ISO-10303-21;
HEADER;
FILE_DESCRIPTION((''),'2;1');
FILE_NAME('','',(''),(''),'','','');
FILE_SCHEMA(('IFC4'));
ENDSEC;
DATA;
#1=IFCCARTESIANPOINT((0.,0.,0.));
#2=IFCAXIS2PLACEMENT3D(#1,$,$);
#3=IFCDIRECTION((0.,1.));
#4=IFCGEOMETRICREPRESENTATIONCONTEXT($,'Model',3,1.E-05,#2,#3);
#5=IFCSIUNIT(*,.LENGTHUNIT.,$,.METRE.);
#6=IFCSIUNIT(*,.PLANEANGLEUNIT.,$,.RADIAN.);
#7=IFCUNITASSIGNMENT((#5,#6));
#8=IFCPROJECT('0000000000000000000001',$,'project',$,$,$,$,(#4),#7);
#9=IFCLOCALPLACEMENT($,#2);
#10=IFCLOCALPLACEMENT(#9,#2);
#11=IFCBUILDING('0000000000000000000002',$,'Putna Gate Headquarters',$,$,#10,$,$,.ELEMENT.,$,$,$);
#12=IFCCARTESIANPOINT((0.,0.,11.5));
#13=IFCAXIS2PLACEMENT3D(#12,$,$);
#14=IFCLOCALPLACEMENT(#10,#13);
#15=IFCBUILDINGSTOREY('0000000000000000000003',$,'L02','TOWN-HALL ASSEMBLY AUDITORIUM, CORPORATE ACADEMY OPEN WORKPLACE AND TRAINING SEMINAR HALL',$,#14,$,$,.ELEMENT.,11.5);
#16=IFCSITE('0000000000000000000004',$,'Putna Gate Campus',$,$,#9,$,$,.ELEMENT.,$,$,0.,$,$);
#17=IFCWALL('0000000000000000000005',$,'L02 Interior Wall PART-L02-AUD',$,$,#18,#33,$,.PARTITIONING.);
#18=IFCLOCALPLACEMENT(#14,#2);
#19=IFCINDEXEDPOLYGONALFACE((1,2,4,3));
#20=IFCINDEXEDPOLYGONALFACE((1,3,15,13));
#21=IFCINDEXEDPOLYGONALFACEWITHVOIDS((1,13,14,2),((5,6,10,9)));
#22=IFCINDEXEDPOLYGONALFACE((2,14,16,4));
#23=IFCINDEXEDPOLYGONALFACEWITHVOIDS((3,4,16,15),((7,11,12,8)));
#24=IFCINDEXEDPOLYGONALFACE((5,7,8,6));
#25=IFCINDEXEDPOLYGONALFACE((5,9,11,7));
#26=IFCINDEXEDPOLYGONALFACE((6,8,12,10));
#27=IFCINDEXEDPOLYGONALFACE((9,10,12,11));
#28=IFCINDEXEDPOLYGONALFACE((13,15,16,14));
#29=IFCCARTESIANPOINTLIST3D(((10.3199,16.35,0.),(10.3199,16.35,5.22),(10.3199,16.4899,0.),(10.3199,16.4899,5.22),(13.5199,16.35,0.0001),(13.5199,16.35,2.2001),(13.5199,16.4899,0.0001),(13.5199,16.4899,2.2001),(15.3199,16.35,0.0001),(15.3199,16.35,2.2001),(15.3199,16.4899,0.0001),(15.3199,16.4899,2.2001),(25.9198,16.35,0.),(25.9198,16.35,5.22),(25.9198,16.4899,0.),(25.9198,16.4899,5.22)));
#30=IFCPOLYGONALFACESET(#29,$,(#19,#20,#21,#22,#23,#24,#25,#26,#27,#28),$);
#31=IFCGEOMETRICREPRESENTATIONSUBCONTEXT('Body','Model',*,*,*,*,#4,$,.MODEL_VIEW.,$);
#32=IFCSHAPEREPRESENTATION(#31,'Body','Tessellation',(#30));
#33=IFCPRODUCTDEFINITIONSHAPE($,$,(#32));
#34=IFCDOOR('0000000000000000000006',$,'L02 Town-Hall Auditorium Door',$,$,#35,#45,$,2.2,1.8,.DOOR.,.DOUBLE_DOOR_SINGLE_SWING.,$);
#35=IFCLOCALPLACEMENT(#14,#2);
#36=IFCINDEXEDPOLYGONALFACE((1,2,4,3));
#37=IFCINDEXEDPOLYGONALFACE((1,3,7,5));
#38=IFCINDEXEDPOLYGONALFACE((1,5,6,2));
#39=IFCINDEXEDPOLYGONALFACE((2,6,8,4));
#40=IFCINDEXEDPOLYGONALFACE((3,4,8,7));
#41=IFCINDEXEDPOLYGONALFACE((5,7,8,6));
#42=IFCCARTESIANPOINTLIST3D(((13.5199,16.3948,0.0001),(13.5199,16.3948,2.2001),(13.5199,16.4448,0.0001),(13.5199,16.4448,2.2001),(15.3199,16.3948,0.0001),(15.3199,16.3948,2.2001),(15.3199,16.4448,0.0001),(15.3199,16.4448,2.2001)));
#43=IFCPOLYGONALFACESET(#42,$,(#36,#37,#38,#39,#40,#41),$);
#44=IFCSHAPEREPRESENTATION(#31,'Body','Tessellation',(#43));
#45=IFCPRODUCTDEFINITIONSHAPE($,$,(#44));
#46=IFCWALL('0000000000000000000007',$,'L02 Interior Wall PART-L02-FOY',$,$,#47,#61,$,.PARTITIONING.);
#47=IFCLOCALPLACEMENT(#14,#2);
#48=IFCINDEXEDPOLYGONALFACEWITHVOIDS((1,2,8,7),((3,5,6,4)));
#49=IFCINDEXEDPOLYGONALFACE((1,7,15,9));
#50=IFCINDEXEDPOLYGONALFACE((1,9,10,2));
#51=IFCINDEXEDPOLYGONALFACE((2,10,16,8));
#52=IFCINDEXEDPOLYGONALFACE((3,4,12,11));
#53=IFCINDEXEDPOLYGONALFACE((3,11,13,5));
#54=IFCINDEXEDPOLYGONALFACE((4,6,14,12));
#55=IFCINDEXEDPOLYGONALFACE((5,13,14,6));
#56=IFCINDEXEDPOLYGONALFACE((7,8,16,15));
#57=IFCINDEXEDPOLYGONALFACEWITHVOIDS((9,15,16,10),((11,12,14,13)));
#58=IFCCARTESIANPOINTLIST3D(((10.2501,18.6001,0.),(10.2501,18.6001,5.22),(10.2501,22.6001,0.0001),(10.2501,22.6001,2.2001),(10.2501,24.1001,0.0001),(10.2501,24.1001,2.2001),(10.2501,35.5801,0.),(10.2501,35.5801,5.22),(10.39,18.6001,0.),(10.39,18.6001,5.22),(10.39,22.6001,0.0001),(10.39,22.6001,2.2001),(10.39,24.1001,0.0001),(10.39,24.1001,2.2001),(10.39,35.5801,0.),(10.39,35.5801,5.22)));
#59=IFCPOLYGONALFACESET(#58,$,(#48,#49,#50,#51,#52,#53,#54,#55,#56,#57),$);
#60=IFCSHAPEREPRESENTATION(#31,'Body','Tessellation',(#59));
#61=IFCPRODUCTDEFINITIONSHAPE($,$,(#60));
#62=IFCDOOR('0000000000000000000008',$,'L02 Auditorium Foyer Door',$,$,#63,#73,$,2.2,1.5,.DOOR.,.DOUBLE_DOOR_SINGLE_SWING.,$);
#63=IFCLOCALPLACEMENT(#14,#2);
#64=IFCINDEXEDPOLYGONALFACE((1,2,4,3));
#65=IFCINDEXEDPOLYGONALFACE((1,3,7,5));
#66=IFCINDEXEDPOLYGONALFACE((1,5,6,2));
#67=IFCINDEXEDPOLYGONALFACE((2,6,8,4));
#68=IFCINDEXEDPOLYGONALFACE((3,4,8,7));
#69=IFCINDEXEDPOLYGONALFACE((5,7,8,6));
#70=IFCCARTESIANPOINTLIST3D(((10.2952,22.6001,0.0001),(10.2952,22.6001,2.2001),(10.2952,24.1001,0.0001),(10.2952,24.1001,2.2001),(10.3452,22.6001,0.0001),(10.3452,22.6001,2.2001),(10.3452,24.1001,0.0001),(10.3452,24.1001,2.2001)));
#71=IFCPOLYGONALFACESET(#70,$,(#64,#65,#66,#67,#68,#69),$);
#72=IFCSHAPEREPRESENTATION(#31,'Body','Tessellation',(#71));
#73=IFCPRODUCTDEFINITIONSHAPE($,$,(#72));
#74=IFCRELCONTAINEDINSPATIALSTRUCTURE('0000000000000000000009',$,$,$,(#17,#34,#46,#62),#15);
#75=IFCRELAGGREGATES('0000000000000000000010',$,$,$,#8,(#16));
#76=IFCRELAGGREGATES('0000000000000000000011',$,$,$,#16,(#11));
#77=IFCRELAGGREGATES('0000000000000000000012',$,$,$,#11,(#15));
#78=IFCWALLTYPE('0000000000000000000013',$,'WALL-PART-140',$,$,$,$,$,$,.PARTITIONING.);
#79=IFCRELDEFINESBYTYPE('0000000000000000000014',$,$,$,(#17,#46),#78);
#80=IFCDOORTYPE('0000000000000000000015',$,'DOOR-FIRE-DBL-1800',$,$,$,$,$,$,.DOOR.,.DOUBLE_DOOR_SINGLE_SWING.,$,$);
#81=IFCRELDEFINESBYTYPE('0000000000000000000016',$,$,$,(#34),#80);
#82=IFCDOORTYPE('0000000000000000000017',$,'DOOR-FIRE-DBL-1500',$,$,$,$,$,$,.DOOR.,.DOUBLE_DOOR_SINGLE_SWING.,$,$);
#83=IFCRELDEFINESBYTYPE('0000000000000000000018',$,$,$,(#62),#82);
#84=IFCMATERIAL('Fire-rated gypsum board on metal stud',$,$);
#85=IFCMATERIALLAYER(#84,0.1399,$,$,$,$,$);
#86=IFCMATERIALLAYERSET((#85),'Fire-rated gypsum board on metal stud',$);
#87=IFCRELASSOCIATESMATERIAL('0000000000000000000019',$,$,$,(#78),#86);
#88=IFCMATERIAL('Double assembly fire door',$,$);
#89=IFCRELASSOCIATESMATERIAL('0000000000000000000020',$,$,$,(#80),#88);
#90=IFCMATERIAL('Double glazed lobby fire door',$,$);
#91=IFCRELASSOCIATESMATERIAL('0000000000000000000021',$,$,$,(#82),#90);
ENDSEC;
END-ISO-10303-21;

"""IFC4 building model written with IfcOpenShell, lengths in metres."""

from ifc_helpers import new_model, si_unit, direction, frame, frame_2d, origin, place, context, subcontext, project, spatial, rectangle, extrude, material, layer, layer_set, type_object, element, fill, save


model = new_model("IFC4")

# Units and contexts
model_context = context("Model", 3, precision=1e-05, world=origin(), true_north=direction((0.0, 1.0)))
body_context = subcontext(model_context, "Body", "Model", "MODEL_VIEW")
ifc_project = project(units=[si_unit("LENGTHUNIT", "METRE"), si_unit("PLANEANGLEUNIT", "RADIAN")], contexts=[model_context])

# Site, building, storey
site_placement = place(None, origin())
site = spatial("IfcSite", under=ifc_project, at=site_placement, Name="Putna Gate Campus", CompositionType="ELEMENT", RefElevation=0.0)
building_placement = place(site_placement, origin())
building = spatial("IfcBuilding", under=site, at=building_placement, Name="Putna Gate Headquarters", CompositionType="ELEMENT")
storey_placement = place(building_placement, frame((0.0, 0.0, 11.5)))
storey = spatial("IfcBuildingStorey", under=building, at=storey_placement, Name="L02", Description="TOWN-HALL ASSEMBLY AUDITORIUM, CORPORATE ACADEMY OPEN WORKPLACE AND TRAINING SEMINAR HALL", CompositionType="ELEMENT", Elevation=11.5)

# Shared definitions
ifc_material_1 = material(Name="Fire-rated gypsum board on metal stud")
ifc_layer_1 = layer(ifc_material_1, 0.1399)
ifc_layer_set_1 = layer_set([ifc_layer_1], Name="Fire-rated gypsum board on metal stud")
wall_type_1 = type_object("IfcWallType", Name="WALL-PART-140", PredefinedType="PARTITIONING", material=ifc_layer_set_1)

# Walls, openings, doors
wall_1_placement = place(storey_placement, frame((10.3201, 16.4199, 0.0), z_axis=(0.0, 0.0, 1.0), x_axis=(1.0, 0.0, 0.0)))
wall_1 = element("IfcWall", 1, at=wall_1_placement, inside=storey, type_object=wall_type_1, Name="L02 Interior Wall PART-L02-AUD", PredefinedType="PARTITIONING", context=body_context, shape_type="SweptSolid", body=[
    extrude(rectangle(XDim=15.5999, YDim=0.1399, at=frame_2d((7.7998, 0.0))), origin(), (0.0, 0.0, 1.0), 5.22),
])
opening_1_placement = place(wall_1_placement, frame((3.2, 0.0, 0.0)))
opening_1 = element("IfcOpeningElement", 2, at=opening_1_placement, cuts=wall_1, PredefinedType="OPENING", context=body_context, shape_type="SweptSolid", body=[
    extrude(rectangle(XDim=1.8, YDim=2.2, at=frame_2d((0.8999, 1.1001))), frame((0.0, 0.0798, 0.0), z_axis=(0.0, -1.0, 0.0), x_axis=(1.0, 0.0, 0.0)), (0.0, 0.0, 1.0), 0.1599),
])
ifc_material_2 = material(Name="Double assembly fire door")
door_type_1 = type_object("IfcDoorType", Name="DOOR-FIRE-DBL-1800", OperationType="DOUBLE_DOOR_SINGLE_SWING", PredefinedType="DOOR", material=ifc_material_2)
door_1_placement = place(opening_1_placement, origin())
door_1 = element("IfcDoor", 3, at=door_1_placement, inside=storey, type_object=door_type_1, Name="L02 Town-Hall Auditorium Door", OperationType="DOUBLE_DOOR_SINGLE_SWING", OverallHeight=2.2, OverallWidth=1.8, PredefinedType="DOOR", context=body_context, shape_type="SweptSolid", body=[
    extrude(rectangle(XDim=1.8, YDim=2.2, at=frame_2d((0.8999, 1.1001))), frame((0.0, 0.0249, 0.0), z_axis=(0.0, -1.0, 0.0), x_axis=(1.0, 0.0, 0.0)), (0.0, 0.0, 1.0), 0.05),
])
fill(opening_1, door_1)
wall_2_placement = place(storey_placement, frame((10.3201, 18.6001, 0.0), z_axis=(0.0, 0.0, 1.0), x_axis=(0.0, 1.0, 0.0)))
wall_2 = element("IfcWall", 4, at=wall_2_placement, inside=storey, type_object=wall_type_1, Name="L02 Interior Wall PART-L02-FOY", PredefinedType="PARTITIONING", context=body_context, shape_type="SweptSolid", body=[
    extrude(rectangle(XDim=16.98, YDim=0.1399, at=frame_2d((8.49, 0.0))), origin(), (0.0, 0.0, 1.0), 5.22),
])
opening_2_placement = place(wall_2_placement, frame((4.0, 0.0, 0.0)))
opening_2 = element("IfcOpeningElement", 5, at=opening_2_placement, cuts=wall_2, PredefinedType="OPENING", context=body_context, shape_type="SweptSolid", body=[
    extrude(rectangle(XDim=1.5, YDim=2.2, at=frame_2d((0.75, 1.1001))), frame((0.0, 0.0798, 0.0), z_axis=(0.0, -1.0, 0.0), x_axis=(1.0, 0.0, 0.0)), (0.0, 0.0, 1.0), 0.1599),
])
ifc_material_3 = material(Name="Double glazed lobby fire door")
door_type_2 = type_object("IfcDoorType", Name="DOOR-FIRE-DBL-1500", OperationType="DOUBLE_DOOR_SINGLE_SWING", PredefinedType="DOOR", material=ifc_material_3)
door_2_placement = place(opening_2_placement, origin())
door_2 = element("IfcDoor", 6, at=door_2_placement, inside=storey, type_object=door_type_2, Name="L02 Auditorium Foyer Door", OperationType="DOUBLE_DOOR_SINGLE_SWING", OverallHeight=2.2, OverallWidth=1.5, PredefinedType="DOOR", context=body_context, shape_type="SweptSolid", body=[
    extrude(rectangle(XDim=1.5, YDim=2.2, at=frame_2d((0.75, 1.1001))), frame((0.0, 0.0249, 0.0), z_axis=(0.0, -1.0, 0.0), x_axis=(1.0, 0.0, 0.0)), (0.0, 0.0, 1.0), 0.05),
])
fill(opening_2, door_2)

save(model, "model.ifc")
